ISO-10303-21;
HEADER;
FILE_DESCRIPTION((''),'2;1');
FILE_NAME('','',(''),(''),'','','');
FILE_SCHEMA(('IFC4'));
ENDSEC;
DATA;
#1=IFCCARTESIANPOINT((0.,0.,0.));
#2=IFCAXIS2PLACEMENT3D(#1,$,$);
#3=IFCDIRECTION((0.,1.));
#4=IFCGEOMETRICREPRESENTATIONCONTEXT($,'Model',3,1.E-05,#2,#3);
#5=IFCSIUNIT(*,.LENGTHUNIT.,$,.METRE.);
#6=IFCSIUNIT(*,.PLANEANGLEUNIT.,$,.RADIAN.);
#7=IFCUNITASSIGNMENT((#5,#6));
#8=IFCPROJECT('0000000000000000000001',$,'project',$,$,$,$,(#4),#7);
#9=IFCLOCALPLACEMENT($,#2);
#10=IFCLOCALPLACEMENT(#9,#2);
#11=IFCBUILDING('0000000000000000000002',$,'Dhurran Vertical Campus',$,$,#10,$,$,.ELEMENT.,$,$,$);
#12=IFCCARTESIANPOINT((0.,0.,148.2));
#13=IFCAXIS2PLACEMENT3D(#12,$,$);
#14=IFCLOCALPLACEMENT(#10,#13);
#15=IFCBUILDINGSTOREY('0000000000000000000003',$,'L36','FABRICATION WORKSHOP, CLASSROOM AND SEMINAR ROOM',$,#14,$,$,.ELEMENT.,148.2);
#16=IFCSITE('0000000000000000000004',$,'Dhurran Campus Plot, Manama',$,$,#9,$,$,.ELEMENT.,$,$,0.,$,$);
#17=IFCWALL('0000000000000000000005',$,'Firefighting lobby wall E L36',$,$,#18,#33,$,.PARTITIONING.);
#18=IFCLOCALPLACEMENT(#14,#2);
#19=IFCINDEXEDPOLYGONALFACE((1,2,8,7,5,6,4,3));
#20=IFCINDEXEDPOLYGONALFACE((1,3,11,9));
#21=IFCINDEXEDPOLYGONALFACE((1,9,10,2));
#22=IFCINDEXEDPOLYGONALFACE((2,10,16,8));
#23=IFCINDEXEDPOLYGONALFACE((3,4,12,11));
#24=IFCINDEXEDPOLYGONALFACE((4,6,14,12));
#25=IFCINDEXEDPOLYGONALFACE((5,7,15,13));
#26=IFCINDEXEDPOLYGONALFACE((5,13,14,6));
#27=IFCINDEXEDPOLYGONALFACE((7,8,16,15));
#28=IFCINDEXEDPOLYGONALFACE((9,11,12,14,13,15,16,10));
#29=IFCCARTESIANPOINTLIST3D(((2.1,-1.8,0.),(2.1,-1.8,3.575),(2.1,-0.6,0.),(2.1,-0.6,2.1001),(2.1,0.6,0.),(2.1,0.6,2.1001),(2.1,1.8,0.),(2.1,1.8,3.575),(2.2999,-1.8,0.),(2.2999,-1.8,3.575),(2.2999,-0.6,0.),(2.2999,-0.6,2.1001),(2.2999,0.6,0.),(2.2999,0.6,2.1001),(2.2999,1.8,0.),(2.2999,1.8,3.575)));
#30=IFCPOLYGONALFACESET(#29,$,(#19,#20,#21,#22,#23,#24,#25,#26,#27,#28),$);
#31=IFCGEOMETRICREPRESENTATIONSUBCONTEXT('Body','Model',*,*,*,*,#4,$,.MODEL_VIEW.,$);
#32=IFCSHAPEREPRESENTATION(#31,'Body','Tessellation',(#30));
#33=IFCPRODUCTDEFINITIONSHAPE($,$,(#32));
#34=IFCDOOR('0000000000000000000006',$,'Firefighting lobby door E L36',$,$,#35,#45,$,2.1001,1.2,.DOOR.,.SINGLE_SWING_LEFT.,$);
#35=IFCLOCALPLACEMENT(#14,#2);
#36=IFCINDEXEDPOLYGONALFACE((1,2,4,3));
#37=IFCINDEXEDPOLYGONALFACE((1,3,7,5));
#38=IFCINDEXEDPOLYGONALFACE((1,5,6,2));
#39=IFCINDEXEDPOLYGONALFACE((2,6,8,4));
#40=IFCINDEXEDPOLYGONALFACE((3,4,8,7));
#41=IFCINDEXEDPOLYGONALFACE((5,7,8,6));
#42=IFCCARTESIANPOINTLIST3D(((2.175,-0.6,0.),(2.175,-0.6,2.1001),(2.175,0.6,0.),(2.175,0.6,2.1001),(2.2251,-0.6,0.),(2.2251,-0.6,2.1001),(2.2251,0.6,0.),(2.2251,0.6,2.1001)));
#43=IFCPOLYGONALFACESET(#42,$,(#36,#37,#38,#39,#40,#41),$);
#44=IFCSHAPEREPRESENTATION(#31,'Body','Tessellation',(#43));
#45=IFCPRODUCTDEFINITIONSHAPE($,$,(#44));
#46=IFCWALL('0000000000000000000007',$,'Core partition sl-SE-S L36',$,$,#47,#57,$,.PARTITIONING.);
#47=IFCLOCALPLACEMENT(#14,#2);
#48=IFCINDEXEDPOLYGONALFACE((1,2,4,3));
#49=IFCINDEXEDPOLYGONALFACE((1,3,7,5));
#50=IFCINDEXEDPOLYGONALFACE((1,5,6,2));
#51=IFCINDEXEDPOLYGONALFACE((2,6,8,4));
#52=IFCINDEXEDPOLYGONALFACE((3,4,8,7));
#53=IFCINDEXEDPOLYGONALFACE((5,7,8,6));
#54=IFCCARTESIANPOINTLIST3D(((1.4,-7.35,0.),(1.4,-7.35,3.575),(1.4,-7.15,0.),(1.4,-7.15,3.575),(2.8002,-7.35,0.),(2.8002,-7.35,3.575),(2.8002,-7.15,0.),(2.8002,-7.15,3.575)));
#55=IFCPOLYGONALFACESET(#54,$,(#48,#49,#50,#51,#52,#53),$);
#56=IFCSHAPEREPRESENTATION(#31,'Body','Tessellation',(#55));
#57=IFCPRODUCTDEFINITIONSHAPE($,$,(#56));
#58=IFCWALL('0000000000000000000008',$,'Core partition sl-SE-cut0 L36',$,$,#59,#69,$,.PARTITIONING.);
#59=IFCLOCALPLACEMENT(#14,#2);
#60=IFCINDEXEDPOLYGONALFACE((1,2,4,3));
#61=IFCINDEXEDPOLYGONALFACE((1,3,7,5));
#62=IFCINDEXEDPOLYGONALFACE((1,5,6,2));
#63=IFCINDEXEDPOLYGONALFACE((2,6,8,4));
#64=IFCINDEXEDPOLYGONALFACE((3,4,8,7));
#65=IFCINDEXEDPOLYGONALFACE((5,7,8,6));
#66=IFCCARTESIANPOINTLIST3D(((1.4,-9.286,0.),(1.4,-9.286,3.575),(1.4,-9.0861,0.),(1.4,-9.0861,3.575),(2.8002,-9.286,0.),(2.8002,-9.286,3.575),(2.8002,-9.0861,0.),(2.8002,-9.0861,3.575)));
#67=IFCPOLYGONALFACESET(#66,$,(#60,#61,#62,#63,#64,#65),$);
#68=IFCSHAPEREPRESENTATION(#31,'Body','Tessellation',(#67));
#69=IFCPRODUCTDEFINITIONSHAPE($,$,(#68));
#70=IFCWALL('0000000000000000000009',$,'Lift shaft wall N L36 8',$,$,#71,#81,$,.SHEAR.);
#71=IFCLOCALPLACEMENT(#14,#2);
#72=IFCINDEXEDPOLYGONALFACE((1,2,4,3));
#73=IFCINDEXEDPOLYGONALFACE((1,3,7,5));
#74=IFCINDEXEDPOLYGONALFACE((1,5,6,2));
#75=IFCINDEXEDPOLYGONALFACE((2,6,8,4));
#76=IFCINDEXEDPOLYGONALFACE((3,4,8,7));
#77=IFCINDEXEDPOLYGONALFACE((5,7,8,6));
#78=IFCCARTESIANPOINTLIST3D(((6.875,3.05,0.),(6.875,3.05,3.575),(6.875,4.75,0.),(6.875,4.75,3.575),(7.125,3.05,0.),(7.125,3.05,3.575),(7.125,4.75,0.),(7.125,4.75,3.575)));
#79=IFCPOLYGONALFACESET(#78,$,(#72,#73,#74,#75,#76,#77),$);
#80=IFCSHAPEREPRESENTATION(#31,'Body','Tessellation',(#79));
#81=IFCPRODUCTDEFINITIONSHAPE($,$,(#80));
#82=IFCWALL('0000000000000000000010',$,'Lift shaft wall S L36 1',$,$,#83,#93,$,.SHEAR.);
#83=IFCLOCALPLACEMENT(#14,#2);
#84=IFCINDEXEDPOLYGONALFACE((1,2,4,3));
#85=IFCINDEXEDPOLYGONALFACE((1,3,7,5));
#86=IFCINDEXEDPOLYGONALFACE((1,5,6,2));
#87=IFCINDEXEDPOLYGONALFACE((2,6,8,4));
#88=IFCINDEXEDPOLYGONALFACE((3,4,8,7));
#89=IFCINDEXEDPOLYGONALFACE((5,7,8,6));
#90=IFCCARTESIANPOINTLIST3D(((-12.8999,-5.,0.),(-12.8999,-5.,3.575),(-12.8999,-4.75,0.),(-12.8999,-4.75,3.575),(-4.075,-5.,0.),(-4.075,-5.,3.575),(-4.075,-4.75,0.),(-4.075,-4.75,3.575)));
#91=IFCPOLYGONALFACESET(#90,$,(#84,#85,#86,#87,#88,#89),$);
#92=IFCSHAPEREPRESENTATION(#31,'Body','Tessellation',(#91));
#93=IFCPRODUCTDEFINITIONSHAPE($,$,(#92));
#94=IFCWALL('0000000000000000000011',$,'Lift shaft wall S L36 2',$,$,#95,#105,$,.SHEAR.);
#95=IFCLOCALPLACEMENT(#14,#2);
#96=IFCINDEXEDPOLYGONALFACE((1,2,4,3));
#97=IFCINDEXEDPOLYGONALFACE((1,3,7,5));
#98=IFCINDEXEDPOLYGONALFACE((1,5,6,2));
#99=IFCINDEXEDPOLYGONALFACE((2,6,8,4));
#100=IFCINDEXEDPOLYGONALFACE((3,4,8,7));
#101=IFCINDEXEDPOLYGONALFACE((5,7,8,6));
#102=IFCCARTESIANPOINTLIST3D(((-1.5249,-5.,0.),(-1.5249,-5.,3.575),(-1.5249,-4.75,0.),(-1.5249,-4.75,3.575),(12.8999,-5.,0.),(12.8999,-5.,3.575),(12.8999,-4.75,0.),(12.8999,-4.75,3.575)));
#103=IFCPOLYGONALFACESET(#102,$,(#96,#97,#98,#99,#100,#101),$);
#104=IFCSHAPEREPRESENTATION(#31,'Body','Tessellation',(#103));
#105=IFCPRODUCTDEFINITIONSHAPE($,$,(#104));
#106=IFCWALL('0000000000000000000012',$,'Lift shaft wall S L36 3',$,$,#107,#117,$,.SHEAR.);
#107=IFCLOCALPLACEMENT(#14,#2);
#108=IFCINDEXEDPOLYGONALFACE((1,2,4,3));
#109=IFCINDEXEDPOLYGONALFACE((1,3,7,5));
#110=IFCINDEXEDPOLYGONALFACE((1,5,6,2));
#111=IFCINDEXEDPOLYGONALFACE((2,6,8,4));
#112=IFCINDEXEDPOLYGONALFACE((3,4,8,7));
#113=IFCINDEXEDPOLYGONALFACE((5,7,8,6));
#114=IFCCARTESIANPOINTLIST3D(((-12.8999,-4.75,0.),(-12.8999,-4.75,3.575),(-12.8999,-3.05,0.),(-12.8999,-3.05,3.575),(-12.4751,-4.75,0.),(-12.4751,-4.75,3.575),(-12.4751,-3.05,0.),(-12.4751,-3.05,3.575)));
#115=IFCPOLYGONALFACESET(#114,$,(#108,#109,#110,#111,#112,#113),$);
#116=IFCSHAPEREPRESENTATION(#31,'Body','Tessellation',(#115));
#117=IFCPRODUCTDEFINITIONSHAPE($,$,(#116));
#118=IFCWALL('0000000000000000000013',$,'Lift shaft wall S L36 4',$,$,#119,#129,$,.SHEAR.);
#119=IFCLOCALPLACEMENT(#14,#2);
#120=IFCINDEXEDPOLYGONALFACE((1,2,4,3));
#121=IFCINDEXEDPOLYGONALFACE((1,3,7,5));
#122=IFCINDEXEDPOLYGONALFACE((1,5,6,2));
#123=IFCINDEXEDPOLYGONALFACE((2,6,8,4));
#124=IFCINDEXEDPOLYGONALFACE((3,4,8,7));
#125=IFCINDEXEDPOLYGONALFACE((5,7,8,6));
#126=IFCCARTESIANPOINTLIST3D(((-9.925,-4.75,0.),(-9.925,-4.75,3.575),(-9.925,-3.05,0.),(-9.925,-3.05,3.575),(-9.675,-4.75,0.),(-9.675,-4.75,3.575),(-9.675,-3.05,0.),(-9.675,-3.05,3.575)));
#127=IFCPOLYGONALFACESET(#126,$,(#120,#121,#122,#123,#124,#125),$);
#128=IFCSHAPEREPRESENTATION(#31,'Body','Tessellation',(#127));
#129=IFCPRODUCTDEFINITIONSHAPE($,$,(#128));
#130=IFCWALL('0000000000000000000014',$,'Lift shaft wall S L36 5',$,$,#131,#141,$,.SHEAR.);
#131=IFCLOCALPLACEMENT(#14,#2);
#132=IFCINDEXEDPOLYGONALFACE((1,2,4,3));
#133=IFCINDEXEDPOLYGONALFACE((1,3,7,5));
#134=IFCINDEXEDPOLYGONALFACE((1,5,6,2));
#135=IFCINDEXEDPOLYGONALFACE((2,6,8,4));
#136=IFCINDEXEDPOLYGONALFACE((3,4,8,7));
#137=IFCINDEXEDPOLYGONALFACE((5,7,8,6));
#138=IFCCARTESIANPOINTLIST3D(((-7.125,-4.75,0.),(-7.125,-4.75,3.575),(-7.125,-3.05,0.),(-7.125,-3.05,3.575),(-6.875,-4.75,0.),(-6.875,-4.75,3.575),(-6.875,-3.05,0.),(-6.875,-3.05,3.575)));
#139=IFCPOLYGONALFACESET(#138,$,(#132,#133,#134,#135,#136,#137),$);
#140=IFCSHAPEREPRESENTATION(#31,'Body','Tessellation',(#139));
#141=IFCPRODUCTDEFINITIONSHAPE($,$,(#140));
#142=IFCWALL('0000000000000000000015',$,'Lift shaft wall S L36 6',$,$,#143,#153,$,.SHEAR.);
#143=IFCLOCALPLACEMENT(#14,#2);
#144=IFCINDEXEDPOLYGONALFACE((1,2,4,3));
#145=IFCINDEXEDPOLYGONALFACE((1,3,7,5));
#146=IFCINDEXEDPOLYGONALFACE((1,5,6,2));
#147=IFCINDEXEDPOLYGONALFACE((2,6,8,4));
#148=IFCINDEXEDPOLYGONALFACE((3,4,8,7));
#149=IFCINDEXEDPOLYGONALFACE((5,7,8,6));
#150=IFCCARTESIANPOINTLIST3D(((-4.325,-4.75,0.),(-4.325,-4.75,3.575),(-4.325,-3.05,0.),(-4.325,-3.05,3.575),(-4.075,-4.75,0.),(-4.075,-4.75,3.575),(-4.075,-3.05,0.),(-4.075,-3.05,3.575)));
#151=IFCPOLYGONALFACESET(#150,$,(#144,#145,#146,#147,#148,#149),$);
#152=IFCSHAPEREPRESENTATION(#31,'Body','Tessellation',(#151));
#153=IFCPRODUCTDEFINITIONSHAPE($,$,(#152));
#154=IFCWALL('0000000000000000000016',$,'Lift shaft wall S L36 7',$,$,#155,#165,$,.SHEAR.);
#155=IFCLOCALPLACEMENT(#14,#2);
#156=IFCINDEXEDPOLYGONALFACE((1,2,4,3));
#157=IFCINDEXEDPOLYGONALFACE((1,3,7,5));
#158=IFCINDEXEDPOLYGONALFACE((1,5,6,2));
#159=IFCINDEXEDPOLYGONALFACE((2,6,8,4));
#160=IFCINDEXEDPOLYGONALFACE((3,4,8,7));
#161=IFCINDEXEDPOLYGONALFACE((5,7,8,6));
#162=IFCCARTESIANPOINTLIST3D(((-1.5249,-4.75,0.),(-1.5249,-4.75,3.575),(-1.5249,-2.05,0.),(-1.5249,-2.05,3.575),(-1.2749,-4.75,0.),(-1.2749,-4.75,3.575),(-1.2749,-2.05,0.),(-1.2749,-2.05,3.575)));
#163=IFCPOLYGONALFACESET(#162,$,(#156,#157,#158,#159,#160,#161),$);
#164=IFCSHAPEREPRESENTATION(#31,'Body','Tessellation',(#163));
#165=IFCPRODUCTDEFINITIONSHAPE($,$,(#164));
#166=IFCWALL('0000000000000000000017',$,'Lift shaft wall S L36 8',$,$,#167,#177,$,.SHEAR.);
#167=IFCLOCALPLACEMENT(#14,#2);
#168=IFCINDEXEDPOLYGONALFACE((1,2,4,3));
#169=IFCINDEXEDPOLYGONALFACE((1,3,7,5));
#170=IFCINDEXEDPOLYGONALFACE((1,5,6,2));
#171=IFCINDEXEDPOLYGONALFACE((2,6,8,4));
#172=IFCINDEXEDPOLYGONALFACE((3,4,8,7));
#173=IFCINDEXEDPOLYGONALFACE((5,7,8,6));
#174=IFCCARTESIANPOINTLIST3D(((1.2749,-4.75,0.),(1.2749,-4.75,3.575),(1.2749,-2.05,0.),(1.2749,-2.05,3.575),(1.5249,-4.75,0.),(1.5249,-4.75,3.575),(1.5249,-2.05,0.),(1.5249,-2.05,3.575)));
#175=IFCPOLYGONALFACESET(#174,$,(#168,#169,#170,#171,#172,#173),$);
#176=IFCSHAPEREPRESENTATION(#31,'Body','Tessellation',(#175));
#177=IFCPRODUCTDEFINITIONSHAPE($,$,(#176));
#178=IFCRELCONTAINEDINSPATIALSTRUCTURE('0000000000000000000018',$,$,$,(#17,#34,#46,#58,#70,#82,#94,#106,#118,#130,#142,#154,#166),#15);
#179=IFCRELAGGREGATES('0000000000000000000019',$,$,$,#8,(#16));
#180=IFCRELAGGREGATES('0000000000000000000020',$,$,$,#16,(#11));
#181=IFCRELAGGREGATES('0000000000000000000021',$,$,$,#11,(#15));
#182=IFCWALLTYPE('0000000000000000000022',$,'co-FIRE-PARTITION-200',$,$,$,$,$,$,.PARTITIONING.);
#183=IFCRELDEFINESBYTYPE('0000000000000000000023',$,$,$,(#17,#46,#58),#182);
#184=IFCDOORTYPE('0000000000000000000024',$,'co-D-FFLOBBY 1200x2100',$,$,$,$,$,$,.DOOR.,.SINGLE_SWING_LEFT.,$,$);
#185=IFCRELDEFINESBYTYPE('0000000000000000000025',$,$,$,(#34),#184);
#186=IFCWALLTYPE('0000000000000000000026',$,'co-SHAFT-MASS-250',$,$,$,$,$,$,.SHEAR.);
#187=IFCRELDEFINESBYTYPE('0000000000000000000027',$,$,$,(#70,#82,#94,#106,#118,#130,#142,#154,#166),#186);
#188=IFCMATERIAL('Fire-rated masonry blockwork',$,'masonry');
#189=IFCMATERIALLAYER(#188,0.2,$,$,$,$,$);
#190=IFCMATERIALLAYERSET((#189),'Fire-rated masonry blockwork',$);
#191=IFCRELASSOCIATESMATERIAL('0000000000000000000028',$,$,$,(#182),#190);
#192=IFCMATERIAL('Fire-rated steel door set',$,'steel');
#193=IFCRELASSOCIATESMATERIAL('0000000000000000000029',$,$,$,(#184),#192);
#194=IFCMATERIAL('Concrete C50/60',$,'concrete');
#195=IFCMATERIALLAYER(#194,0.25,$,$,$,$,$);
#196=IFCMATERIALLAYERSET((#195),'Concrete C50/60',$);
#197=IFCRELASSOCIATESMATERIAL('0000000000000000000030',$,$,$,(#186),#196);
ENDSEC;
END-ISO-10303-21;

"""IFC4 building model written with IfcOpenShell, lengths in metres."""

from ifc_helpers import new_model, si_unit, direction, frame, frame_2d, origin, place, context, subcontext, project, spatial, polyline, rectangle, outline, extrude, material, layer, layer_set, type_object, element, fill, save


model = new_model("IFC4")

# Units and contexts
model_context = context("Model", 3, precision=1e-05, world=origin(), true_north=direction((0.0, 1.0)))
body_context = subcontext(model_context, "Body", "Model", "MODEL_VIEW")
ifc_project = project(units=[si_unit("LENGTHUNIT", "METRE"), si_unit("PLANEANGLEUNIT", "RADIAN")], contexts=[model_context])

# Site, building, storey
site_placement = place(None, origin())
site = spatial("IfcSite", under=ifc_project, at=site_placement, Name="Dhurran Campus Plot, Manama", CompositionType="ELEMENT", RefElevation=0.0)
building_placement = place(site_placement, origin())
building = spatial("IfcBuilding", under=site, at=building_placement, Name="Dhurran Vertical Campus", CompositionType="ELEMENT")
storey_placement = place(building_placement, frame((0.0, 0.0, 148.2)))
storey = spatial("IfcBuildingStorey", under=building, at=storey_placement, Name="L36", Description="FABRICATION WORKSHOP, CLASSROOM AND SEMINAR ROOM", CompositionType="ELEMENT", Elevation=148.2)

# Wall, opening, door
ifc_material_1 = material(Name="Fire-rated masonry blockwork", Category="masonry")
ifc_layer_1 = layer(ifc_material_1, 0.2)
ifc_layer_set_1 = layer_set([ifc_layer_1], Name="Fire-rated masonry blockwork")
wall_type_1 = type_object("IfcWallType", Name="co-FIRE-PARTITION-200", PredefinedType="PARTITIONING", material=ifc_layer_set_1)
wall_1_placement = place(storey_placement, frame((2.2, -1.8, 0.0), z_axis=(0.0, 0.0, 1.0), x_axis=(0.0, 1.0, 0.0)))
wall_1 = element("IfcWall", 1, at=wall_1_placement, inside=storey, type_object=wall_type_1, Name="Firefighting lobby wall E L36", PredefinedType="PARTITIONING", context=body_context, shape_type="SweptSolid", body=[
    extrude(rectangle(XDim=3.6001, YDim=0.2, at=frame_2d((1.8, 0.0))), origin(), (0.0, 0.0, 1.0), 3.575),
])
opening_1_placement = place(wall_1_placement, frame((1.2, 0.0, 0.0)))
opening_1 = element("IfcOpeningElement", 2, at=opening_1_placement, cuts=wall_1, PredefinedType="OPENING", context=body_context, shape_type="SweptSolid", body=[
    extrude(rectangle(XDim=1.2, YDim=2.1001, at=frame_2d((0.6001, 1.05))), frame((0.0, 0.1099, 0.0), z_axis=(0.0, -1.0, 0.0), x_axis=(1.0, 0.0, 0.0)), (0.0, 0.0, 1.0), 0.22),
])
ifc_material_2 = material(Name="Fire-rated steel door set", Category="steel")
door_type_1 = type_object("IfcDoorType", Name="co-D-FFLOBBY 1200x2100", OperationType="SINGLE_SWING_LEFT", PredefinedType="DOOR", material=ifc_material_2)
door_1_placement = place(opening_1_placement, origin())
door_1 = element("IfcDoor", 3, at=door_1_placement, inside=storey, type_object=door_type_1, Name="Firefighting lobby door E L36", OperationType="SINGLE_SWING_LEFT", OverallHeight=2.1001, OverallWidth=1.2, PredefinedType="DOOR", context=body_context, shape_type="SweptSolid", body=[
    extrude(rectangle(XDim=1.2, YDim=2.1001, at=frame_2d((0.6001, 1.05))), frame((0.0, 0.0249, 0.0), z_axis=(0.0, -1.0, 0.0), x_axis=(1.0, 0.0, 0.0)), (0.0, 0.0, 1.0), 0.05),
])
fill(opening_1, door_1)

# Walls
for number, where, z_axis, x_axis, name in (
    (4, (1.3999, -7.25, 0.0), (0.0, 0.0, 1.0), (1.0, 0.0, 0.0), "Core partition sl-SE-S L36"),
    (5, (1.3999, -9.186, 0.0), (0.0, 0.0, 1.0), (1.0, 0.0, 0.0), "Core partition sl-SE-cut0 L36"),
):
    element("IfcWall", number, at=place(storey_placement, frame(where, z_axis=z_axis, x_axis=x_axis)), inside=storey, type_object=wall_type_1, Name=name, PredefinedType="PARTITIONING", context=body_context, shape_type="SweptSolid", body=[
        extrude(rectangle(XDim=1.4001, YDim=0.2, at=frame_2d((0.7002, 0.0))), origin(), (0.0, 0.0, 1.0), 3.575),
    ])
ifc_material_3 = material(Name="Concrete C50/60", Category="concrete")
ifc_layer_2 = layer(ifc_material_3, 0.25)
ifc_layer_set_2 = layer_set([ifc_layer_2], Name="Concrete C50/60")
wall_type_2 = type_object("IfcWallType", Name="co-SHAFT-MASS-250", PredefinedType="SHEAR", material=ifc_layer_set_2)
wall_2_placement = place(storey_placement, origin())
element("IfcWall", 6, at=wall_2_placement, inside=storey, type_object=wall_type_2, Name="Lift shaft wall N L36 8", PredefinedType="SHEAR", context=body_context, shape_type="SweptSolid", body=[
    extrude(outline(polyline([(6.875, 3.05), (7.125, 3.05), (7.125, 4.75), (6.875, 4.75), (6.875, 3.05)])), origin(), (0.0, 0.0, 1.0), 3.575),
])
wall_3_placement = place(storey_placement, origin())
element("IfcWall", 7, at=wall_3_placement, inside=storey, type_object=wall_type_2, Name="Lift shaft wall S L36 1", PredefinedType="SHEAR", context=body_context, shape_type="SweptSolid", body=[
    extrude(outline(polyline([(-12.8999, -5.0), (-4.075, -5.0), (-4.075, -4.75), (-12.8999, -4.75), (-12.8999, -5.0)])), origin(), (0.0, 0.0, 1.0), 3.575),
])
wall_4_placement = place(storey_placement, origin())
element("IfcWall", 8, at=wall_4_placement, inside=storey, type_object=wall_type_2, Name="Lift shaft wall S L36 2", PredefinedType="SHEAR", context=body_context, shape_type="SweptSolid", body=[
    extrude(outline(polyline([(-1.5249, -5.0), (12.8999, -5.0), (12.8999, -4.75), (-1.5249, -4.75), (-1.5249, -5.0)])), origin(), (0.0, 0.0, 1.0), 3.575),
])
wall_5_placement = place(storey_placement, origin())
element("IfcWall", 9, at=wall_5_placement, inside=storey, type_object=wall_type_2, Name="Lift shaft wall S L36 3", PredefinedType="SHEAR", context=body_context, shape_type="SweptSolid", body=[
    extrude(outline(polyline([(-12.8999, -4.75), (-12.4751, -4.75), (-12.4751, -3.05), (-12.8999, -3.05), (-12.8999, -4.75)])), origin(), (0.0, 0.0, 1.0), 3.575),
])
wall_6_placement = place(storey_placement, origin())
element("IfcWall", 10, at=wall_6_placement, inside=storey, type_object=wall_type_2, Name="Lift shaft wall S L36 4", PredefinedType="SHEAR", context=body_context, shape_type="SweptSolid", body=[
    extrude(outline(polyline([(-9.925, -4.75), (-9.675, -4.75), (-9.675, -3.05), (-9.925, -3.05), (-9.925, -4.75)])), origin(), (0.0, 0.0, 1.0), 3.575),
])
wall_7_placement = place(storey_placement, origin())
element("IfcWall", 11, at=wall_7_placement, inside=storey, type_object=wall_type_2, Name="Lift shaft wall S L36 5", PredefinedType="SHEAR", context=body_context, shape_type="SweptSolid", body=[
    extrude(outline(polyline([(-7.125, -4.75), (-6.875, -4.75), (-6.875, -3.05), (-7.125, -3.05), (-7.125, -4.75)])), origin(), (0.0, 0.0, 1.0), 3.575),
])
wall_8_placement = place(storey_placement, origin())
element("IfcWall", 12, at=wall_8_placement, inside=storey, type_object=wall_type_2, Name="Lift shaft wall S L36 6", PredefinedType="SHEAR", context=body_context, shape_type="SweptSolid", body=[
    extrude(outline(polyline([(-4.325, -4.75), (-4.075, -4.75), (-4.075, -3.05), (-4.325, -3.05), (-4.325, -4.75)])), origin(), (0.0, 0.0, 1.0), 3.575),
])
wall_9_placement = place(storey_placement, origin())
element("IfcWall", 13, at=wall_9_placement, inside=storey, type_object=wall_type_2, Name="Lift shaft wall S L36 7", PredefinedType="SHEAR", context=body_context, shape_type="SweptSolid", body=[
    extrude(outline(polyline([(-1.5249, -4.75), (-1.2749, -4.75), (-1.2749, -2.05), (-1.5249, -2.05), (-1.5249, -4.75)])), origin(), (0.0, 0.0, 1.0), 3.575),
])
wall_10_placement = place(storey_placement, origin())
element("IfcWall", 14, at=wall_10_placement, inside=storey, type_object=wall_type_2, Name="Lift shaft wall S L36 8", PredefinedType="SHEAR", context=body_context, shape_type="SweptSolid", body=[
    extrude(outline(polyline([(1.2749, -4.75), (1.5249, -4.75), (1.5249, -2.05), (1.2749, -2.05), (1.2749, -4.75)])), origin(), (0.0, 0.0, 1.0), 3.575),
])

save(model, "model.ifc")
